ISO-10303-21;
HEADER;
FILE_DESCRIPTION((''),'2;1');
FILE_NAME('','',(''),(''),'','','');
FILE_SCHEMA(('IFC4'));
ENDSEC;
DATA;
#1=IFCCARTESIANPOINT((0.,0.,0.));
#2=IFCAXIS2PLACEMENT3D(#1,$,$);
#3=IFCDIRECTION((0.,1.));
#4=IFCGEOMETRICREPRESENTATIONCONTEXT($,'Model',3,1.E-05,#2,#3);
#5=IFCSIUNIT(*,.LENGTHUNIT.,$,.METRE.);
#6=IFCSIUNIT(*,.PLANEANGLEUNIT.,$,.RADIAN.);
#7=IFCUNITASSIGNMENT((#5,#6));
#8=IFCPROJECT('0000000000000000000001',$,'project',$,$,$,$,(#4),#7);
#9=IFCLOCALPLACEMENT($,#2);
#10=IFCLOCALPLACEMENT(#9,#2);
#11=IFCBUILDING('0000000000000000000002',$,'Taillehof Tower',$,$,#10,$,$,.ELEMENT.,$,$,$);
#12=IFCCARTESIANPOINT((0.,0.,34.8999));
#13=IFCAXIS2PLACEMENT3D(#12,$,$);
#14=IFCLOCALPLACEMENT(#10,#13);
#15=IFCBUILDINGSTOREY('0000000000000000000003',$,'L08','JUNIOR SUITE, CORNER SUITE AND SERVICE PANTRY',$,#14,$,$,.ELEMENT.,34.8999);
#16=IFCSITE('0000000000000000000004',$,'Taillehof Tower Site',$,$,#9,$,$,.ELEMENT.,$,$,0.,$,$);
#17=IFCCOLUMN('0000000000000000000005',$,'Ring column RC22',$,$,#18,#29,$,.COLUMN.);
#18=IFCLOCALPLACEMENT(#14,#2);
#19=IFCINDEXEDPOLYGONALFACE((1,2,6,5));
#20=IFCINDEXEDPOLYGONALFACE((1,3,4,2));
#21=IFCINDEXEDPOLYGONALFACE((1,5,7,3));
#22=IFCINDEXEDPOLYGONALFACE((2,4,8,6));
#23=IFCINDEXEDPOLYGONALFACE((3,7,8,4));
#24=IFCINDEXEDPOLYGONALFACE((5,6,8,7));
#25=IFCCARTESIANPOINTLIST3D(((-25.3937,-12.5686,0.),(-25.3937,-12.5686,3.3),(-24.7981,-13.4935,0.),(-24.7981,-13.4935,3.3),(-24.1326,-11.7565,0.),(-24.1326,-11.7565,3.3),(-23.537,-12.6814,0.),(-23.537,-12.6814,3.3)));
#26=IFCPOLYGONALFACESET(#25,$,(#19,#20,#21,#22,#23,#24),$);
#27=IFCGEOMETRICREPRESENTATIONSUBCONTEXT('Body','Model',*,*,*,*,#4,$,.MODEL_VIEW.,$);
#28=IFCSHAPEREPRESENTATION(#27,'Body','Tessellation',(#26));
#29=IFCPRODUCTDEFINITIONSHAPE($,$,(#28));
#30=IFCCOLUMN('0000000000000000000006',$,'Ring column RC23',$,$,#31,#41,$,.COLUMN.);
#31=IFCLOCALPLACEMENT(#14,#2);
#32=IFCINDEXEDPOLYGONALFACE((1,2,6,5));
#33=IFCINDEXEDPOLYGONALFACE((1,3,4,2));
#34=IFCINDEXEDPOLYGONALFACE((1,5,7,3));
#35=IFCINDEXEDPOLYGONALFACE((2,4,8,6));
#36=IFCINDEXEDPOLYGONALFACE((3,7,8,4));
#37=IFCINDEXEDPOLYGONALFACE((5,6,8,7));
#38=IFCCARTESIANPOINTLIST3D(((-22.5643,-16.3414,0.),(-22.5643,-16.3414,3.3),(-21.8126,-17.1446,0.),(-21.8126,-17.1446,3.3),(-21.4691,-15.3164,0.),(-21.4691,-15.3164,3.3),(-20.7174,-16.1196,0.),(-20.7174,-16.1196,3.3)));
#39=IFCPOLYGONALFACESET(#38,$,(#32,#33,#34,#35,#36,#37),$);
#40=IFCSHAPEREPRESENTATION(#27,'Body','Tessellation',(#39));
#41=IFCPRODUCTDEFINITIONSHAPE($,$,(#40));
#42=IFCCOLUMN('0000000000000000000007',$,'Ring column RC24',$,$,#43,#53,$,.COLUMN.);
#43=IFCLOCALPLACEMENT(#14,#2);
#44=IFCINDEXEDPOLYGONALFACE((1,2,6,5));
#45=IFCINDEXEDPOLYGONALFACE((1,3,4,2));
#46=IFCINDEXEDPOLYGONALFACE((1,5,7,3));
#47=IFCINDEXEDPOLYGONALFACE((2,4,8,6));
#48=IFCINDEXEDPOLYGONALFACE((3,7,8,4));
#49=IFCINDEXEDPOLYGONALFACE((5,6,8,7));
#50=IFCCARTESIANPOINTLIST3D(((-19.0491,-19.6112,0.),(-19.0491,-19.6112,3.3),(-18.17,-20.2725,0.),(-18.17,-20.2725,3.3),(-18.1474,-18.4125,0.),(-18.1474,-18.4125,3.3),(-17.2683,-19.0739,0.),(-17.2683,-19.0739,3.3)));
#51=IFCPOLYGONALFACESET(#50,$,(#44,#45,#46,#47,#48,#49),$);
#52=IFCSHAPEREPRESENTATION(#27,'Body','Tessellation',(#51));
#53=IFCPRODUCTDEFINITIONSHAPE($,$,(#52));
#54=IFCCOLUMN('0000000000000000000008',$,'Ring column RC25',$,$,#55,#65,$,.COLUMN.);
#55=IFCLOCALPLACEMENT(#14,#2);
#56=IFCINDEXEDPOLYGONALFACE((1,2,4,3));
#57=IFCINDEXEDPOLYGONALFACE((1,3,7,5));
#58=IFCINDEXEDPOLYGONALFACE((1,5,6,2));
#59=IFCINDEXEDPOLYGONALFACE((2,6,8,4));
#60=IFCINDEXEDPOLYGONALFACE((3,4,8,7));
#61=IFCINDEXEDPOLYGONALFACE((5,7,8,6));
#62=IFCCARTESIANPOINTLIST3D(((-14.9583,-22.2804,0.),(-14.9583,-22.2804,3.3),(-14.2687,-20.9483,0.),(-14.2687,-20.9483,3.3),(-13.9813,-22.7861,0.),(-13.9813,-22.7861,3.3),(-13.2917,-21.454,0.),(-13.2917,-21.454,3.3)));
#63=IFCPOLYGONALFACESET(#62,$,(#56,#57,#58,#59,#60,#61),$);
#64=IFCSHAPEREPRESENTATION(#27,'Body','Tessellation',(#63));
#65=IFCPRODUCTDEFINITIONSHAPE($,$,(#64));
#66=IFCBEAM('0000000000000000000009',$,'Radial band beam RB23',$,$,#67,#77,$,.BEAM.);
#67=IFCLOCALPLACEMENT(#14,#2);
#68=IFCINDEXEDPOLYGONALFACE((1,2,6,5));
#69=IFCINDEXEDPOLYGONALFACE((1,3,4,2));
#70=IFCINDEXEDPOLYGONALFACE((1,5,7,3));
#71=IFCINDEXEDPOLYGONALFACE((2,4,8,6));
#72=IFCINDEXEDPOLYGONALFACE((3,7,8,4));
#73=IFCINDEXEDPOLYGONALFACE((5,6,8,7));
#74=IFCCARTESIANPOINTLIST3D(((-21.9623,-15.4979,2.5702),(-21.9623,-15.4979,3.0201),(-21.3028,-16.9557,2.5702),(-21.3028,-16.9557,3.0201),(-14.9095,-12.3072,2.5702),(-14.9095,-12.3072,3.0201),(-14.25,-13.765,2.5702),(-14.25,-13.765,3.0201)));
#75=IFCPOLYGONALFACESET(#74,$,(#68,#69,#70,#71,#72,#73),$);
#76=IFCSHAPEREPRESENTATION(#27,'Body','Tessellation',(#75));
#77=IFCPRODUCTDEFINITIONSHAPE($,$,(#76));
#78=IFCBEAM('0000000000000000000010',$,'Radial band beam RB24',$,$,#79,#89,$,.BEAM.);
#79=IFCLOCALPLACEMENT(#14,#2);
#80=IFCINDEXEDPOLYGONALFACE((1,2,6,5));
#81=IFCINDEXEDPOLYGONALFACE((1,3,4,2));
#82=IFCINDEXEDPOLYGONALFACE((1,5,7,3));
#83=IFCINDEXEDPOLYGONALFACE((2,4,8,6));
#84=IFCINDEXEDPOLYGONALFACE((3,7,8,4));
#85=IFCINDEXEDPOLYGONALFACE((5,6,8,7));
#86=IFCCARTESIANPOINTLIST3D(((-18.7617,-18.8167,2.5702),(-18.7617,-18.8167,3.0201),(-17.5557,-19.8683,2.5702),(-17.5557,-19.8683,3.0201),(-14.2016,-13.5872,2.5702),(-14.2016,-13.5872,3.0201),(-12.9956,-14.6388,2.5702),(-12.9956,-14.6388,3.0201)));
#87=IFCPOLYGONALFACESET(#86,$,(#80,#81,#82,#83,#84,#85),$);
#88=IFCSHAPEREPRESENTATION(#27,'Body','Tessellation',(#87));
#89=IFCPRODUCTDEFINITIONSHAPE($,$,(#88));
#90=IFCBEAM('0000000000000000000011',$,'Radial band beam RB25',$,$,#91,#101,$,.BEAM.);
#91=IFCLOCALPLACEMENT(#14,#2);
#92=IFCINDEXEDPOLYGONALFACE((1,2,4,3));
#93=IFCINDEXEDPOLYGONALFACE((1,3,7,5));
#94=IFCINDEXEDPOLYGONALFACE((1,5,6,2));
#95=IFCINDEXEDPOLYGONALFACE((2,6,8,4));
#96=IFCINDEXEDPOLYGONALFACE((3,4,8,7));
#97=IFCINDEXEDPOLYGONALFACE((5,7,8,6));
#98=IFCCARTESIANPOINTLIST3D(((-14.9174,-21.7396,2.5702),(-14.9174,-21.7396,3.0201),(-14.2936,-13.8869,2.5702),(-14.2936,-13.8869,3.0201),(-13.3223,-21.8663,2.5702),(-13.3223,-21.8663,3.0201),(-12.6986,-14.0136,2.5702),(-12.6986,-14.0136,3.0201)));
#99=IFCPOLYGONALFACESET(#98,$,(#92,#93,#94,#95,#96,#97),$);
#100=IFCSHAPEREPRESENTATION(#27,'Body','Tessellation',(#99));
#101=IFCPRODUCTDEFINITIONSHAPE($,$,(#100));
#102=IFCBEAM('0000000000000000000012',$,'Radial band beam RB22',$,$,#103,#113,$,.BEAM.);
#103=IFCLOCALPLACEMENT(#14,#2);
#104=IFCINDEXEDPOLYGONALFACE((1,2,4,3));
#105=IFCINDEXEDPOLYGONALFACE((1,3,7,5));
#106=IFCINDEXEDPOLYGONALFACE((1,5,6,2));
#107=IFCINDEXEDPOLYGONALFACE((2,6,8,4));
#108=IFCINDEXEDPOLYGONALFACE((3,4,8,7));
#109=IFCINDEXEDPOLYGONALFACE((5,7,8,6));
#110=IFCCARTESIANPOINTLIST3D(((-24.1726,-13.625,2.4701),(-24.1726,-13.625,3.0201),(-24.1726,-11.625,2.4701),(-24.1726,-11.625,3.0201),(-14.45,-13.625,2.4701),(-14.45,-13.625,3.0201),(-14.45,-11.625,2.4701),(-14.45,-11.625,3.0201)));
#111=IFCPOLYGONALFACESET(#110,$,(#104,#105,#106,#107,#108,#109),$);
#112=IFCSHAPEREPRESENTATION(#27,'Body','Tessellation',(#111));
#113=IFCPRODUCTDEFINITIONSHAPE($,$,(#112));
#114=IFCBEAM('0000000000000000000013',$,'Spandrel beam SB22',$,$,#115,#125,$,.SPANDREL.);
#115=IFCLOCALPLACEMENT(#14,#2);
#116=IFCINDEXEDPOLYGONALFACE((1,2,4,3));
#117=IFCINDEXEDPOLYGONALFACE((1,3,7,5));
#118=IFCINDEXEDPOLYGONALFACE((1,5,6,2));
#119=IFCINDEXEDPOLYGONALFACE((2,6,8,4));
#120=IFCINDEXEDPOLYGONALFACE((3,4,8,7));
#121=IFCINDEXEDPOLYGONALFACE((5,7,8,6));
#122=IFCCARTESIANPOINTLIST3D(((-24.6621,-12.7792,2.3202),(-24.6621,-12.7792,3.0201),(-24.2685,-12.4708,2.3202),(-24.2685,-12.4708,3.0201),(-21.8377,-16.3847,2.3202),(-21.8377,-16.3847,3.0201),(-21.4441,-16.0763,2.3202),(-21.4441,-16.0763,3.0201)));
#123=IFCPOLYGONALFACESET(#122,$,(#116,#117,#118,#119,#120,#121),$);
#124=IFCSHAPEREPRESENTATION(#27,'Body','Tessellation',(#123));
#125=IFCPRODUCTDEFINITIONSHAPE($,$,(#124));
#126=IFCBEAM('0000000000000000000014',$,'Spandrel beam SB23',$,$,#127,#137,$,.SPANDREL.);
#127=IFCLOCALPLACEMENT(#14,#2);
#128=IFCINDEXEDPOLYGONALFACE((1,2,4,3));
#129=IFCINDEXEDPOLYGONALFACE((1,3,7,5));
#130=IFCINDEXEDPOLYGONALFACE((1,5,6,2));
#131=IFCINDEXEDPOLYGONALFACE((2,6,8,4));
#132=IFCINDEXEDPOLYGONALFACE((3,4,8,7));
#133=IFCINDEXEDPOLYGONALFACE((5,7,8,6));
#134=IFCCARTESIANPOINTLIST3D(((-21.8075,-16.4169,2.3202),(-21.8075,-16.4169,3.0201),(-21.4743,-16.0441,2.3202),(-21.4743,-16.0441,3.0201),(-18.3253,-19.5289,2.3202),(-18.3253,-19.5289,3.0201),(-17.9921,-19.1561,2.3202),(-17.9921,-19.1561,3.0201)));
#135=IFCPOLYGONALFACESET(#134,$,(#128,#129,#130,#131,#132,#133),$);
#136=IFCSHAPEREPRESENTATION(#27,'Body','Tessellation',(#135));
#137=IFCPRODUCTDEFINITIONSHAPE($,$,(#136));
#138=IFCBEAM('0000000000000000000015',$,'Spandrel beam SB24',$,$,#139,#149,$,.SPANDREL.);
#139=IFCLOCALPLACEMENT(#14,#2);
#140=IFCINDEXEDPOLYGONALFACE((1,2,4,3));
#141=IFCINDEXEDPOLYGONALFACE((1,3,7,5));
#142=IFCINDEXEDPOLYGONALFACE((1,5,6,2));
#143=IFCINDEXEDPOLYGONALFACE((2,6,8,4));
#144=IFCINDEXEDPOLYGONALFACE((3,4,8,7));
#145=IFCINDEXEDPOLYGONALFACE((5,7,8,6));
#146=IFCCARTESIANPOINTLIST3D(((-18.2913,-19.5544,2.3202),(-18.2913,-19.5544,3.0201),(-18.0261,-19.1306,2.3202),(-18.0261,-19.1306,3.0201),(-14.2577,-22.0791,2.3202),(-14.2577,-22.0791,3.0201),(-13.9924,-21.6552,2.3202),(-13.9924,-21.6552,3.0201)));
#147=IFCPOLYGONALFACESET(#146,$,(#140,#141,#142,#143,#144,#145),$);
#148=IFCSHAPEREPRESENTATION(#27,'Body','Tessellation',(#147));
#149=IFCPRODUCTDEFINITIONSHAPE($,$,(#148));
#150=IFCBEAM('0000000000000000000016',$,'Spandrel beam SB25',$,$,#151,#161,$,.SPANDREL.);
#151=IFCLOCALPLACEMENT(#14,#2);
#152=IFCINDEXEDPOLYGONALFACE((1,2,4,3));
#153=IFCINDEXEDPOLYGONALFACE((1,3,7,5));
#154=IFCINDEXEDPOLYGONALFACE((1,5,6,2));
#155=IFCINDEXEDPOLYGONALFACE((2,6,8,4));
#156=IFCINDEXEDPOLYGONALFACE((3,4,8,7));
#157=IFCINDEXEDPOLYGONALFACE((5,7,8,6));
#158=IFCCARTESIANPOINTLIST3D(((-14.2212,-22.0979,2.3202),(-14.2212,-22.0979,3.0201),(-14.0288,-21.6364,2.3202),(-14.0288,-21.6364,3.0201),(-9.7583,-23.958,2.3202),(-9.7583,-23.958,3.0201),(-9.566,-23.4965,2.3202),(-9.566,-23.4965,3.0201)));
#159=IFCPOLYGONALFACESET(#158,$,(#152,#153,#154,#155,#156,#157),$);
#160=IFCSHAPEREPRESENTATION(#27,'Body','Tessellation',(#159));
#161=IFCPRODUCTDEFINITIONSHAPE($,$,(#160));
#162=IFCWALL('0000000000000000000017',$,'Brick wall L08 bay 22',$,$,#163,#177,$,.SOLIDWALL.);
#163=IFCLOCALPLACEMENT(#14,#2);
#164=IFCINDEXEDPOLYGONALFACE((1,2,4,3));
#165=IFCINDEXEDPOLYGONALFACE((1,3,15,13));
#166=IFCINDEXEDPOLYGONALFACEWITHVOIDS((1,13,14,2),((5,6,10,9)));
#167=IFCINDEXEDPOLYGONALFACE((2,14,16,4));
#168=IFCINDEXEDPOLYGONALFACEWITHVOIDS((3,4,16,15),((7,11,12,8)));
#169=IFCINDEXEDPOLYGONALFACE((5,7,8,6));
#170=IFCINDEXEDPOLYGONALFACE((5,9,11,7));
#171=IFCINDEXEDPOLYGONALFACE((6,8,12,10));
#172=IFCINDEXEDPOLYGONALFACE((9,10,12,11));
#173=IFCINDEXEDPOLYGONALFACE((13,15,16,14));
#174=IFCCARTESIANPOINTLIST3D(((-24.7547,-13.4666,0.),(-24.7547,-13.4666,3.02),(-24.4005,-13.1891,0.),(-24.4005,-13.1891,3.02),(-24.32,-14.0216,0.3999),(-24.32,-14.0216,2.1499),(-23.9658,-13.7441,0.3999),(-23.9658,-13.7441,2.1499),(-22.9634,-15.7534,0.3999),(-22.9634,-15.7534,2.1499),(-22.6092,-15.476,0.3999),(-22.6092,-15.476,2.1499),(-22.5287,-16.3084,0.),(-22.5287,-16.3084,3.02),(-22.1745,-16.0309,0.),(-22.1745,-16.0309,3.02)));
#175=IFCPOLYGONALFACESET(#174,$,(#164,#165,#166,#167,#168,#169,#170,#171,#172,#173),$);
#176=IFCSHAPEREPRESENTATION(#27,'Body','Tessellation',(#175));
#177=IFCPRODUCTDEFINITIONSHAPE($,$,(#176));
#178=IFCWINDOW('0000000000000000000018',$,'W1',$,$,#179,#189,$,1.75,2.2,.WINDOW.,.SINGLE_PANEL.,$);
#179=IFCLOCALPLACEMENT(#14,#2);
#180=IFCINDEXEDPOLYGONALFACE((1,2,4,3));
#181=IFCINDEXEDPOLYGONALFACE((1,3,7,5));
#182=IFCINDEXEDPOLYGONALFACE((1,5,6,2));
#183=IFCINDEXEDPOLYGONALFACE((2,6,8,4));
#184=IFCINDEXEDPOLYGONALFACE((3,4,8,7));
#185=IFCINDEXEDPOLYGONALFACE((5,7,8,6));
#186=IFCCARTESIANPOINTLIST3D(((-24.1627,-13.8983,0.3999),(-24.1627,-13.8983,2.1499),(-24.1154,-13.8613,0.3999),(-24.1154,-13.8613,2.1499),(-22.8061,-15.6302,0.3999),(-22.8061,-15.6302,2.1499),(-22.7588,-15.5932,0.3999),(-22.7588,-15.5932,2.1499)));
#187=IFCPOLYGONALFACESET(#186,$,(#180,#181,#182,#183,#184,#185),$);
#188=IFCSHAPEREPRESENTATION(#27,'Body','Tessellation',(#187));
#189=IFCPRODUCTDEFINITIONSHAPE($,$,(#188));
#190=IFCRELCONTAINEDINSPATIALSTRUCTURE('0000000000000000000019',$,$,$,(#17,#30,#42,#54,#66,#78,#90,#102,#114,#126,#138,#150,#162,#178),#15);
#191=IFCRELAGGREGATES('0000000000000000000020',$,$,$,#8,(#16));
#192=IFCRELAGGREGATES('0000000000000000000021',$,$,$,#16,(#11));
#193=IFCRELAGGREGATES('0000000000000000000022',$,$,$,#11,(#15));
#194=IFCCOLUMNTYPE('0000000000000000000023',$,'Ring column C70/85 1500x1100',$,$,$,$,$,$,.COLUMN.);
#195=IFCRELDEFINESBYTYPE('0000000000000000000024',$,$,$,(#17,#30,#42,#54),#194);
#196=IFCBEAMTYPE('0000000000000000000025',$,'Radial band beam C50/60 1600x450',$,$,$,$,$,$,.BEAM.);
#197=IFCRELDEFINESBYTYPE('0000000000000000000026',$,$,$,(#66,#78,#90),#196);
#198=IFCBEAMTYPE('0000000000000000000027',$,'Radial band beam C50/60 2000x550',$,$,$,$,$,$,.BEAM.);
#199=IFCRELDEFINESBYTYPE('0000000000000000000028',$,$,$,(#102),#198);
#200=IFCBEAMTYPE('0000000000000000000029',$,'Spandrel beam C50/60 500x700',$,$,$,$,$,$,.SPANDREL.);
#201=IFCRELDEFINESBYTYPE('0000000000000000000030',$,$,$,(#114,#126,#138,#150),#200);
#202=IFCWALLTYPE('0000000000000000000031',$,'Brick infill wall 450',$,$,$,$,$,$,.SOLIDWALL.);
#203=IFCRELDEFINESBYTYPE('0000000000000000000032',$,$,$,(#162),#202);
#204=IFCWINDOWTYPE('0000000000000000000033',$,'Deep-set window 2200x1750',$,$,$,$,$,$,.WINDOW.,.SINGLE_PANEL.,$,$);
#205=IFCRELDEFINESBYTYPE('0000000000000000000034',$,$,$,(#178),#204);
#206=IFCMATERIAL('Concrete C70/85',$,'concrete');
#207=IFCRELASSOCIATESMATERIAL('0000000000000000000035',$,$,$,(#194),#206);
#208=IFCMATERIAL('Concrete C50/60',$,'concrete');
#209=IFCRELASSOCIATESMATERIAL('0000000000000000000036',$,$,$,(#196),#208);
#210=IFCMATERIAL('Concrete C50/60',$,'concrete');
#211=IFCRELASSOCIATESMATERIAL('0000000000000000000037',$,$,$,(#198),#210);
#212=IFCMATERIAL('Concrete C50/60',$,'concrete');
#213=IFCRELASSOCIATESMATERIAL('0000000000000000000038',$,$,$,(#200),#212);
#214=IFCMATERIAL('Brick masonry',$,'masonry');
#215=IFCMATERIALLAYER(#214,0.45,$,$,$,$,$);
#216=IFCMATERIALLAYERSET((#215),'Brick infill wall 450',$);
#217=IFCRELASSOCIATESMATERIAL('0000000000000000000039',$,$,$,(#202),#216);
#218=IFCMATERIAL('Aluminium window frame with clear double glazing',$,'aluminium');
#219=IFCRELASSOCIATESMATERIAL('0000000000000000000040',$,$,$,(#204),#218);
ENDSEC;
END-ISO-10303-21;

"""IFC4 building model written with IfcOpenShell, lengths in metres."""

from ifc_helpers import new_model, si_unit, direction, frame, frame_2d, origin, origin_2d, place, context, subcontext, project, spatial, rectangle, extrude, material, layer, layer_set, material_profile, profile_set, type_object, element, fill, save


model = new_model("IFC4")

# Units and contexts
model_context = context("Model", 3, precision=1e-05, world=origin(), true_north=direction((0.0, 1.0)))
body_context = subcontext(model_context, "Body", "Model", "MODEL_VIEW")
ifc_project = project(units=[si_unit("LENGTHUNIT", "METRE"), si_unit("PLANEANGLEUNIT", "RADIAN")], contexts=[model_context])

# Site, building, storey
site_placement = place(None, origin())
site = spatial("IfcSite", under=ifc_project, at=site_placement, Name="Taillehof Tower Site", CompositionType="ELEMENT", RefElevation=0.0)
building_placement = place(site_placement, origin())
building = spatial("IfcBuilding", under=site, at=building_placement, Name="Taillehof Tower", CompositionType="ELEMENT")
storey_placement = place(building_placement, frame((0.0, 0.0, 34.8999)))
storey = spatial("IfcBuildingStorey", under=building, at=storey_placement, Name="L08", Description="JUNIOR SUITE, CORNER SUITE AND SERVICE PANTRY", CompositionType="ELEMENT", Elevation=34.8999)

# Columns
ifc_material_1 = material(Name="Concrete C70/85", Category="concrete")
ifc_material_profile_1 = material_profile(ifc_material_1, rectangle(XDim=1.5, YDim=1.1001, at=origin_2d()), Name="RC 1500x1100")
ifc_profile_set_1 = profile_set([ifc_material_profile_1], Name="Concrete C70/85")
column_type = type_object("IfcColumnType", Name="Ring column C70/85 1500x1100", PredefinedType="COLUMN", material=ifc_profile_set_1)
for number, where, z_axis, x_axis, name in (
    (1, (-24.4653, -12.625, 0.0), (0.0, 0.0, 1.0), (-0.840754, -0.541418, 0.0), "Ring column RC22"),
    (2, (-21.6409, -16.2305, 0.0), (0.0, 0.0, 1.0), (-0.730113, -0.683326, 0.0), "Ring column RC23"),
    (3, (-18.1587, -19.3425, 0.0), (0.0, 0.0, 1.0), (-0.601174, -0.799118, 0.0), "Ring column RC24"),
    (4, (-14.125, -21.8672, 0.0), (0.0, 0.0, 1.0), (-0.459691, -0.888079, 0.0), "Ring column RC25"),
):
    element("IfcColumn", number, at=place(storey_placement, frame(where, z_axis=z_axis, x_axis=x_axis)), inside=storey, type_object=column_type, Name=name, PredefinedType="COLUMN", context=body_context, shape_type="SweptSolid", body=[
        extrude(rectangle(XDim=1.5, YDim=1.1001, at=origin_2d()), origin(), (0.0, 0.0, 1.0), 3.3),
    ])

# Beams
ifc_material_2 = material(Name="Concrete C50/60", Category="concrete")
ifc_material_profile_2 = material_profile(ifc_material_2, rectangle(XDim=1.6001, YDim=0.45, at=origin_2d()), Name="RC 1600x450")
ifc_profile_set_2 = profile_set([ifc_material_profile_2], Name="Concrete C50/60")
beam_type_1 = type_object("IfcBeamType", Name="Radial band beam C50/60 1600x450", PredefinedType="BEAM", material=ifc_profile_set_2)
beam_1_placement = place(storey_placement, frame((-21.6326, -16.2268, 2.7952), z_axis=(0.911101, 0.412184, 0.0), x_axis=(-0.412184, 0.911101, 0.0)))
element("IfcBeam", 5, at=beam_1_placement, inside=storey, type_object=beam_type_1, Name="Radial band beam RB23", PredefinedType="BEAM", context=body_context, shape_type="SweptSolid", body=[
    extrude(rectangle(XDim=1.6001, YDim=0.45, at=origin_2d()), origin(), (0.0, 0.0, 1.0), 7.741),
])
beam_2_placement = place(storey_placement, frame((-18.1587, -19.3425, 2.7952), z_axis=(0.657218, 0.7537, 0.0), x_axis=(-0.7537, 0.657218, 0.0)))
element("IfcBeam", 6, at=beam_2_placement, inside=storey, type_object=beam_type_1, Name="Radial band beam RB24", PredefinedType="BEAM", context=body_context, shape_type="SweptSolid", body=[
    extrude(rectangle(XDim=1.6001, YDim=0.45, at=origin_2d()), origin(), (0.0, 0.0, 1.0), 6.9385),
])
beam_3_placement = place(storey_placement, frame((-14.1199, -21.803, 2.7952), z_axis=(0.079185, 0.99686, 0.0), x_axis=(-0.99686, 0.079185, 0.0)))
element("IfcBeam", 7, at=beam_3_placement, inside=storey, type_object=beam_type_1, Name="Radial band beam RB25", PredefinedType="BEAM", context=body_context, shape_type="SweptSolid", body=[
    extrude(rectangle(XDim=1.6001, YDim=0.45, at=origin_2d()), origin(), (0.0, 0.0, 1.0), 7.8774),
])
ifc_material_3 = material(Name="Concrete C50/60", Category="concrete")
ifc_material_profile_3 = material_profile(ifc_material_3, rectangle(XDim=2.0, YDim=0.55, at=origin_2d()), Name="RC 2000x550")
ifc_profile_set_3 = profile_set([ifc_material_profile_3], Name="Concrete C50/60")
beam_type_2 = type_object("IfcBeamType", Name="Radial band beam C50/60 2000x550", PredefinedType="BEAM", material=ifc_profile_set_3)
beam_4_placement = place(storey_placement, frame((-24.1726, -12.625, 2.7451), z_axis=(1.0, 0.0, 0.0), x_axis=(0.0, 1.0, 0.0)))
element("IfcBeam", 8, at=beam_4_placement, inside=storey, type_object=beam_type_2, Name="Radial band beam RB22", PredefinedType="BEAM", context=body_context, shape_type="SweptSolid", body=[
    extrude(rectangle(XDim=2.0, YDim=0.55, at=origin_2d()), origin(), (0.0, 0.0, 1.0), 9.7227),
])
ifc_material_4 = material(Name="Concrete C50/60", Category="concrete")
ifc_material_profile_4 = material_profile(ifc_material_4, rectangle(XDim=0.5, YDim=0.7, at=origin_2d()), Name="RC 500x700")
ifc_profile_set_4 = profile_set([ifc_material_profile_4], Name="Concrete C50/60")
beam_type_3 = type_object("IfcBeamType", Name="Spandrel beam C50/60 500x700", PredefinedType="SPANDREL", material=ifc_profile_set_4)
beam_5_placement = place(storey_placement, frame((-24.4653, -12.625, 2.6702), z_axis=(0.616686, -0.787209, 0.0), x_axis=(0.787209, 0.616686, 0.0)))
element("IfcBeam", 9, at=beam_5_placement, inside=storey, type_object=beam_type_3, Name="Spandrel beam SB22", PredefinedType="SPANDREL", context=body_context, shape_type="SweptSolid", body=[
    extrude(rectangle(XDim=0.5, YDim=0.7, at=origin_2d()), origin(), (0.0, 0.0, 1.0), 4.5801),
])
beam_6_placement = place(storey_placement, frame((-21.6409, -16.2305, 2.6702), z_axis=(0.745621, -0.66637, 0.0), x_axis=(0.66637, 0.745621, 0.0)))
element("IfcBeam", 10, at=beam_6_placement, inside=storey, type_object=beam_type_3, Name="Spandrel beam SB23", PredefinedType="SPANDREL", context=body_context, shape_type="SweptSolid", body=[
    extrude(rectangle(XDim=0.5, YDim=0.7, at=origin_2d()), origin(), (0.0, 0.0, 1.0), 4.6702),
])
beam_7_placement = place(storey_placement, frame((-18.1587, -19.3425, 2.6702), z_axis=(0.847658, -0.530543, 0.0), x_axis=(0.530543, 0.847658, 0.0)))
element("IfcBeam", 11, at=beam_7_placement, inside=storey, type_object=beam_type_3, Name="Spandrel beam SB24", PredefinedType="SPANDREL", context=body_context, shape_type="SweptSolid", body=[
    extrude(rectangle(XDim=0.5, YDim=0.7, at=origin_2d()), origin(), (0.0, 0.0, 1.0), 4.7585),
])
beam_8_placement = place(storey_placement, frame((-14.125, -21.8672, 2.6702), z_axis=(0.923035, -0.384716, 0.0), x_axis=(0.384716, 0.923035, 0.0)))
element("IfcBeam", 12, at=beam_8_placement, inside=storey, type_object=beam_type_3, Name="Spandrel beam SB25", PredefinedType="SPANDREL", context=body_context, shape_type="SweptSolid", body=[
    extrude(rectangle(XDim=0.5, YDim=0.7, at=origin_2d()), origin(), (0.0, 0.0, 1.0), 4.835),
])

# Wall, opening, window
ifc_material_5 = material(Name="Brick masonry", Category="masonry")
ifc_layer_1 = layer(ifc_material_5, 0.45)
ifc_layer_set_1 = layer_set([ifc_layer_1], Name="Brick infill wall 450")
wall_type_1 = type_object("IfcWallType", Name="Brick infill wall 450", PredefinedType="SOLIDWALL", material=ifc_layer_set_1)
wall_1_placement = place(storey_placement, frame((-24.5776, -13.3279, 0.0), z_axis=(0.0, 0.0, 1.0), x_axis=(0.616662, -0.787228, 0.0)))
wall_1 = element("IfcWall", 13, at=wall_1_placement, inside=storey, type_object=wall_type_1, Name="Brick wall L08 bay 22", PredefinedType="SOLIDWALL", context=body_context, shape_type="SweptSolid", body=[
    extrude(rectangle(XDim=3.6099, YDim=0.45, at=frame_2d((1.8049, 0.0))), origin(), (0.0, 0.0, 1.0), 3.02),
])
opening_1_placement = place(wall_1_placement, frame((0.7048, 0.0, 0.3999)))
opening_1 = element("IfcOpeningElement", 14, at=opening_1_placement, cuts=wall_1, PredefinedType="OPENING", context=body_context, shape_type="SweptSolid", body=[
    extrude(rectangle(XDim=2.2, YDim=1.75, at=frame_2d((1.1001, 0.875))), frame((0.0, 0.2349, 0.0), z_axis=(0.0, -1.0, 0.0), x_axis=(1.0, 0.0, 0.0)), (0.0, 0.0, 1.0), 0.47),
])
ifc_material_6 = material(Name="Aluminium window frame with clear double glazing", Category="aluminium")
window_type = type_object("IfcWindowType", Name="Deep-set window 2200x1750", PartitioningType="SINGLE_PANEL", PredefinedType="WINDOW", material=ifc_material_6)
window_1_placement = place(opening_1_placement, origin())
window_1 = element("IfcWindow", 15, at=window_1_placement, inside=storey, type_object=window_type, Name="W1", OverallHeight=1.75, OverallWidth=2.2, PartitioningType="SINGLE_PANEL", PredefinedType="WINDOW", context=body_context, shape_type="SweptSolid", body=[
    extrude(rectangle(XDim=2.2, YDim=1.75, at=frame_2d((1.1001, 0.875))), frame((0.0, 0.0349, 0.0), z_axis=(0.0, -1.0, 0.0), x_axis=(1.0, 0.0, 0.0)), (0.0, 0.0, 1.0), 0.0601),
])
fill(opening_1, window_1)

save(model, "model.ifc")
